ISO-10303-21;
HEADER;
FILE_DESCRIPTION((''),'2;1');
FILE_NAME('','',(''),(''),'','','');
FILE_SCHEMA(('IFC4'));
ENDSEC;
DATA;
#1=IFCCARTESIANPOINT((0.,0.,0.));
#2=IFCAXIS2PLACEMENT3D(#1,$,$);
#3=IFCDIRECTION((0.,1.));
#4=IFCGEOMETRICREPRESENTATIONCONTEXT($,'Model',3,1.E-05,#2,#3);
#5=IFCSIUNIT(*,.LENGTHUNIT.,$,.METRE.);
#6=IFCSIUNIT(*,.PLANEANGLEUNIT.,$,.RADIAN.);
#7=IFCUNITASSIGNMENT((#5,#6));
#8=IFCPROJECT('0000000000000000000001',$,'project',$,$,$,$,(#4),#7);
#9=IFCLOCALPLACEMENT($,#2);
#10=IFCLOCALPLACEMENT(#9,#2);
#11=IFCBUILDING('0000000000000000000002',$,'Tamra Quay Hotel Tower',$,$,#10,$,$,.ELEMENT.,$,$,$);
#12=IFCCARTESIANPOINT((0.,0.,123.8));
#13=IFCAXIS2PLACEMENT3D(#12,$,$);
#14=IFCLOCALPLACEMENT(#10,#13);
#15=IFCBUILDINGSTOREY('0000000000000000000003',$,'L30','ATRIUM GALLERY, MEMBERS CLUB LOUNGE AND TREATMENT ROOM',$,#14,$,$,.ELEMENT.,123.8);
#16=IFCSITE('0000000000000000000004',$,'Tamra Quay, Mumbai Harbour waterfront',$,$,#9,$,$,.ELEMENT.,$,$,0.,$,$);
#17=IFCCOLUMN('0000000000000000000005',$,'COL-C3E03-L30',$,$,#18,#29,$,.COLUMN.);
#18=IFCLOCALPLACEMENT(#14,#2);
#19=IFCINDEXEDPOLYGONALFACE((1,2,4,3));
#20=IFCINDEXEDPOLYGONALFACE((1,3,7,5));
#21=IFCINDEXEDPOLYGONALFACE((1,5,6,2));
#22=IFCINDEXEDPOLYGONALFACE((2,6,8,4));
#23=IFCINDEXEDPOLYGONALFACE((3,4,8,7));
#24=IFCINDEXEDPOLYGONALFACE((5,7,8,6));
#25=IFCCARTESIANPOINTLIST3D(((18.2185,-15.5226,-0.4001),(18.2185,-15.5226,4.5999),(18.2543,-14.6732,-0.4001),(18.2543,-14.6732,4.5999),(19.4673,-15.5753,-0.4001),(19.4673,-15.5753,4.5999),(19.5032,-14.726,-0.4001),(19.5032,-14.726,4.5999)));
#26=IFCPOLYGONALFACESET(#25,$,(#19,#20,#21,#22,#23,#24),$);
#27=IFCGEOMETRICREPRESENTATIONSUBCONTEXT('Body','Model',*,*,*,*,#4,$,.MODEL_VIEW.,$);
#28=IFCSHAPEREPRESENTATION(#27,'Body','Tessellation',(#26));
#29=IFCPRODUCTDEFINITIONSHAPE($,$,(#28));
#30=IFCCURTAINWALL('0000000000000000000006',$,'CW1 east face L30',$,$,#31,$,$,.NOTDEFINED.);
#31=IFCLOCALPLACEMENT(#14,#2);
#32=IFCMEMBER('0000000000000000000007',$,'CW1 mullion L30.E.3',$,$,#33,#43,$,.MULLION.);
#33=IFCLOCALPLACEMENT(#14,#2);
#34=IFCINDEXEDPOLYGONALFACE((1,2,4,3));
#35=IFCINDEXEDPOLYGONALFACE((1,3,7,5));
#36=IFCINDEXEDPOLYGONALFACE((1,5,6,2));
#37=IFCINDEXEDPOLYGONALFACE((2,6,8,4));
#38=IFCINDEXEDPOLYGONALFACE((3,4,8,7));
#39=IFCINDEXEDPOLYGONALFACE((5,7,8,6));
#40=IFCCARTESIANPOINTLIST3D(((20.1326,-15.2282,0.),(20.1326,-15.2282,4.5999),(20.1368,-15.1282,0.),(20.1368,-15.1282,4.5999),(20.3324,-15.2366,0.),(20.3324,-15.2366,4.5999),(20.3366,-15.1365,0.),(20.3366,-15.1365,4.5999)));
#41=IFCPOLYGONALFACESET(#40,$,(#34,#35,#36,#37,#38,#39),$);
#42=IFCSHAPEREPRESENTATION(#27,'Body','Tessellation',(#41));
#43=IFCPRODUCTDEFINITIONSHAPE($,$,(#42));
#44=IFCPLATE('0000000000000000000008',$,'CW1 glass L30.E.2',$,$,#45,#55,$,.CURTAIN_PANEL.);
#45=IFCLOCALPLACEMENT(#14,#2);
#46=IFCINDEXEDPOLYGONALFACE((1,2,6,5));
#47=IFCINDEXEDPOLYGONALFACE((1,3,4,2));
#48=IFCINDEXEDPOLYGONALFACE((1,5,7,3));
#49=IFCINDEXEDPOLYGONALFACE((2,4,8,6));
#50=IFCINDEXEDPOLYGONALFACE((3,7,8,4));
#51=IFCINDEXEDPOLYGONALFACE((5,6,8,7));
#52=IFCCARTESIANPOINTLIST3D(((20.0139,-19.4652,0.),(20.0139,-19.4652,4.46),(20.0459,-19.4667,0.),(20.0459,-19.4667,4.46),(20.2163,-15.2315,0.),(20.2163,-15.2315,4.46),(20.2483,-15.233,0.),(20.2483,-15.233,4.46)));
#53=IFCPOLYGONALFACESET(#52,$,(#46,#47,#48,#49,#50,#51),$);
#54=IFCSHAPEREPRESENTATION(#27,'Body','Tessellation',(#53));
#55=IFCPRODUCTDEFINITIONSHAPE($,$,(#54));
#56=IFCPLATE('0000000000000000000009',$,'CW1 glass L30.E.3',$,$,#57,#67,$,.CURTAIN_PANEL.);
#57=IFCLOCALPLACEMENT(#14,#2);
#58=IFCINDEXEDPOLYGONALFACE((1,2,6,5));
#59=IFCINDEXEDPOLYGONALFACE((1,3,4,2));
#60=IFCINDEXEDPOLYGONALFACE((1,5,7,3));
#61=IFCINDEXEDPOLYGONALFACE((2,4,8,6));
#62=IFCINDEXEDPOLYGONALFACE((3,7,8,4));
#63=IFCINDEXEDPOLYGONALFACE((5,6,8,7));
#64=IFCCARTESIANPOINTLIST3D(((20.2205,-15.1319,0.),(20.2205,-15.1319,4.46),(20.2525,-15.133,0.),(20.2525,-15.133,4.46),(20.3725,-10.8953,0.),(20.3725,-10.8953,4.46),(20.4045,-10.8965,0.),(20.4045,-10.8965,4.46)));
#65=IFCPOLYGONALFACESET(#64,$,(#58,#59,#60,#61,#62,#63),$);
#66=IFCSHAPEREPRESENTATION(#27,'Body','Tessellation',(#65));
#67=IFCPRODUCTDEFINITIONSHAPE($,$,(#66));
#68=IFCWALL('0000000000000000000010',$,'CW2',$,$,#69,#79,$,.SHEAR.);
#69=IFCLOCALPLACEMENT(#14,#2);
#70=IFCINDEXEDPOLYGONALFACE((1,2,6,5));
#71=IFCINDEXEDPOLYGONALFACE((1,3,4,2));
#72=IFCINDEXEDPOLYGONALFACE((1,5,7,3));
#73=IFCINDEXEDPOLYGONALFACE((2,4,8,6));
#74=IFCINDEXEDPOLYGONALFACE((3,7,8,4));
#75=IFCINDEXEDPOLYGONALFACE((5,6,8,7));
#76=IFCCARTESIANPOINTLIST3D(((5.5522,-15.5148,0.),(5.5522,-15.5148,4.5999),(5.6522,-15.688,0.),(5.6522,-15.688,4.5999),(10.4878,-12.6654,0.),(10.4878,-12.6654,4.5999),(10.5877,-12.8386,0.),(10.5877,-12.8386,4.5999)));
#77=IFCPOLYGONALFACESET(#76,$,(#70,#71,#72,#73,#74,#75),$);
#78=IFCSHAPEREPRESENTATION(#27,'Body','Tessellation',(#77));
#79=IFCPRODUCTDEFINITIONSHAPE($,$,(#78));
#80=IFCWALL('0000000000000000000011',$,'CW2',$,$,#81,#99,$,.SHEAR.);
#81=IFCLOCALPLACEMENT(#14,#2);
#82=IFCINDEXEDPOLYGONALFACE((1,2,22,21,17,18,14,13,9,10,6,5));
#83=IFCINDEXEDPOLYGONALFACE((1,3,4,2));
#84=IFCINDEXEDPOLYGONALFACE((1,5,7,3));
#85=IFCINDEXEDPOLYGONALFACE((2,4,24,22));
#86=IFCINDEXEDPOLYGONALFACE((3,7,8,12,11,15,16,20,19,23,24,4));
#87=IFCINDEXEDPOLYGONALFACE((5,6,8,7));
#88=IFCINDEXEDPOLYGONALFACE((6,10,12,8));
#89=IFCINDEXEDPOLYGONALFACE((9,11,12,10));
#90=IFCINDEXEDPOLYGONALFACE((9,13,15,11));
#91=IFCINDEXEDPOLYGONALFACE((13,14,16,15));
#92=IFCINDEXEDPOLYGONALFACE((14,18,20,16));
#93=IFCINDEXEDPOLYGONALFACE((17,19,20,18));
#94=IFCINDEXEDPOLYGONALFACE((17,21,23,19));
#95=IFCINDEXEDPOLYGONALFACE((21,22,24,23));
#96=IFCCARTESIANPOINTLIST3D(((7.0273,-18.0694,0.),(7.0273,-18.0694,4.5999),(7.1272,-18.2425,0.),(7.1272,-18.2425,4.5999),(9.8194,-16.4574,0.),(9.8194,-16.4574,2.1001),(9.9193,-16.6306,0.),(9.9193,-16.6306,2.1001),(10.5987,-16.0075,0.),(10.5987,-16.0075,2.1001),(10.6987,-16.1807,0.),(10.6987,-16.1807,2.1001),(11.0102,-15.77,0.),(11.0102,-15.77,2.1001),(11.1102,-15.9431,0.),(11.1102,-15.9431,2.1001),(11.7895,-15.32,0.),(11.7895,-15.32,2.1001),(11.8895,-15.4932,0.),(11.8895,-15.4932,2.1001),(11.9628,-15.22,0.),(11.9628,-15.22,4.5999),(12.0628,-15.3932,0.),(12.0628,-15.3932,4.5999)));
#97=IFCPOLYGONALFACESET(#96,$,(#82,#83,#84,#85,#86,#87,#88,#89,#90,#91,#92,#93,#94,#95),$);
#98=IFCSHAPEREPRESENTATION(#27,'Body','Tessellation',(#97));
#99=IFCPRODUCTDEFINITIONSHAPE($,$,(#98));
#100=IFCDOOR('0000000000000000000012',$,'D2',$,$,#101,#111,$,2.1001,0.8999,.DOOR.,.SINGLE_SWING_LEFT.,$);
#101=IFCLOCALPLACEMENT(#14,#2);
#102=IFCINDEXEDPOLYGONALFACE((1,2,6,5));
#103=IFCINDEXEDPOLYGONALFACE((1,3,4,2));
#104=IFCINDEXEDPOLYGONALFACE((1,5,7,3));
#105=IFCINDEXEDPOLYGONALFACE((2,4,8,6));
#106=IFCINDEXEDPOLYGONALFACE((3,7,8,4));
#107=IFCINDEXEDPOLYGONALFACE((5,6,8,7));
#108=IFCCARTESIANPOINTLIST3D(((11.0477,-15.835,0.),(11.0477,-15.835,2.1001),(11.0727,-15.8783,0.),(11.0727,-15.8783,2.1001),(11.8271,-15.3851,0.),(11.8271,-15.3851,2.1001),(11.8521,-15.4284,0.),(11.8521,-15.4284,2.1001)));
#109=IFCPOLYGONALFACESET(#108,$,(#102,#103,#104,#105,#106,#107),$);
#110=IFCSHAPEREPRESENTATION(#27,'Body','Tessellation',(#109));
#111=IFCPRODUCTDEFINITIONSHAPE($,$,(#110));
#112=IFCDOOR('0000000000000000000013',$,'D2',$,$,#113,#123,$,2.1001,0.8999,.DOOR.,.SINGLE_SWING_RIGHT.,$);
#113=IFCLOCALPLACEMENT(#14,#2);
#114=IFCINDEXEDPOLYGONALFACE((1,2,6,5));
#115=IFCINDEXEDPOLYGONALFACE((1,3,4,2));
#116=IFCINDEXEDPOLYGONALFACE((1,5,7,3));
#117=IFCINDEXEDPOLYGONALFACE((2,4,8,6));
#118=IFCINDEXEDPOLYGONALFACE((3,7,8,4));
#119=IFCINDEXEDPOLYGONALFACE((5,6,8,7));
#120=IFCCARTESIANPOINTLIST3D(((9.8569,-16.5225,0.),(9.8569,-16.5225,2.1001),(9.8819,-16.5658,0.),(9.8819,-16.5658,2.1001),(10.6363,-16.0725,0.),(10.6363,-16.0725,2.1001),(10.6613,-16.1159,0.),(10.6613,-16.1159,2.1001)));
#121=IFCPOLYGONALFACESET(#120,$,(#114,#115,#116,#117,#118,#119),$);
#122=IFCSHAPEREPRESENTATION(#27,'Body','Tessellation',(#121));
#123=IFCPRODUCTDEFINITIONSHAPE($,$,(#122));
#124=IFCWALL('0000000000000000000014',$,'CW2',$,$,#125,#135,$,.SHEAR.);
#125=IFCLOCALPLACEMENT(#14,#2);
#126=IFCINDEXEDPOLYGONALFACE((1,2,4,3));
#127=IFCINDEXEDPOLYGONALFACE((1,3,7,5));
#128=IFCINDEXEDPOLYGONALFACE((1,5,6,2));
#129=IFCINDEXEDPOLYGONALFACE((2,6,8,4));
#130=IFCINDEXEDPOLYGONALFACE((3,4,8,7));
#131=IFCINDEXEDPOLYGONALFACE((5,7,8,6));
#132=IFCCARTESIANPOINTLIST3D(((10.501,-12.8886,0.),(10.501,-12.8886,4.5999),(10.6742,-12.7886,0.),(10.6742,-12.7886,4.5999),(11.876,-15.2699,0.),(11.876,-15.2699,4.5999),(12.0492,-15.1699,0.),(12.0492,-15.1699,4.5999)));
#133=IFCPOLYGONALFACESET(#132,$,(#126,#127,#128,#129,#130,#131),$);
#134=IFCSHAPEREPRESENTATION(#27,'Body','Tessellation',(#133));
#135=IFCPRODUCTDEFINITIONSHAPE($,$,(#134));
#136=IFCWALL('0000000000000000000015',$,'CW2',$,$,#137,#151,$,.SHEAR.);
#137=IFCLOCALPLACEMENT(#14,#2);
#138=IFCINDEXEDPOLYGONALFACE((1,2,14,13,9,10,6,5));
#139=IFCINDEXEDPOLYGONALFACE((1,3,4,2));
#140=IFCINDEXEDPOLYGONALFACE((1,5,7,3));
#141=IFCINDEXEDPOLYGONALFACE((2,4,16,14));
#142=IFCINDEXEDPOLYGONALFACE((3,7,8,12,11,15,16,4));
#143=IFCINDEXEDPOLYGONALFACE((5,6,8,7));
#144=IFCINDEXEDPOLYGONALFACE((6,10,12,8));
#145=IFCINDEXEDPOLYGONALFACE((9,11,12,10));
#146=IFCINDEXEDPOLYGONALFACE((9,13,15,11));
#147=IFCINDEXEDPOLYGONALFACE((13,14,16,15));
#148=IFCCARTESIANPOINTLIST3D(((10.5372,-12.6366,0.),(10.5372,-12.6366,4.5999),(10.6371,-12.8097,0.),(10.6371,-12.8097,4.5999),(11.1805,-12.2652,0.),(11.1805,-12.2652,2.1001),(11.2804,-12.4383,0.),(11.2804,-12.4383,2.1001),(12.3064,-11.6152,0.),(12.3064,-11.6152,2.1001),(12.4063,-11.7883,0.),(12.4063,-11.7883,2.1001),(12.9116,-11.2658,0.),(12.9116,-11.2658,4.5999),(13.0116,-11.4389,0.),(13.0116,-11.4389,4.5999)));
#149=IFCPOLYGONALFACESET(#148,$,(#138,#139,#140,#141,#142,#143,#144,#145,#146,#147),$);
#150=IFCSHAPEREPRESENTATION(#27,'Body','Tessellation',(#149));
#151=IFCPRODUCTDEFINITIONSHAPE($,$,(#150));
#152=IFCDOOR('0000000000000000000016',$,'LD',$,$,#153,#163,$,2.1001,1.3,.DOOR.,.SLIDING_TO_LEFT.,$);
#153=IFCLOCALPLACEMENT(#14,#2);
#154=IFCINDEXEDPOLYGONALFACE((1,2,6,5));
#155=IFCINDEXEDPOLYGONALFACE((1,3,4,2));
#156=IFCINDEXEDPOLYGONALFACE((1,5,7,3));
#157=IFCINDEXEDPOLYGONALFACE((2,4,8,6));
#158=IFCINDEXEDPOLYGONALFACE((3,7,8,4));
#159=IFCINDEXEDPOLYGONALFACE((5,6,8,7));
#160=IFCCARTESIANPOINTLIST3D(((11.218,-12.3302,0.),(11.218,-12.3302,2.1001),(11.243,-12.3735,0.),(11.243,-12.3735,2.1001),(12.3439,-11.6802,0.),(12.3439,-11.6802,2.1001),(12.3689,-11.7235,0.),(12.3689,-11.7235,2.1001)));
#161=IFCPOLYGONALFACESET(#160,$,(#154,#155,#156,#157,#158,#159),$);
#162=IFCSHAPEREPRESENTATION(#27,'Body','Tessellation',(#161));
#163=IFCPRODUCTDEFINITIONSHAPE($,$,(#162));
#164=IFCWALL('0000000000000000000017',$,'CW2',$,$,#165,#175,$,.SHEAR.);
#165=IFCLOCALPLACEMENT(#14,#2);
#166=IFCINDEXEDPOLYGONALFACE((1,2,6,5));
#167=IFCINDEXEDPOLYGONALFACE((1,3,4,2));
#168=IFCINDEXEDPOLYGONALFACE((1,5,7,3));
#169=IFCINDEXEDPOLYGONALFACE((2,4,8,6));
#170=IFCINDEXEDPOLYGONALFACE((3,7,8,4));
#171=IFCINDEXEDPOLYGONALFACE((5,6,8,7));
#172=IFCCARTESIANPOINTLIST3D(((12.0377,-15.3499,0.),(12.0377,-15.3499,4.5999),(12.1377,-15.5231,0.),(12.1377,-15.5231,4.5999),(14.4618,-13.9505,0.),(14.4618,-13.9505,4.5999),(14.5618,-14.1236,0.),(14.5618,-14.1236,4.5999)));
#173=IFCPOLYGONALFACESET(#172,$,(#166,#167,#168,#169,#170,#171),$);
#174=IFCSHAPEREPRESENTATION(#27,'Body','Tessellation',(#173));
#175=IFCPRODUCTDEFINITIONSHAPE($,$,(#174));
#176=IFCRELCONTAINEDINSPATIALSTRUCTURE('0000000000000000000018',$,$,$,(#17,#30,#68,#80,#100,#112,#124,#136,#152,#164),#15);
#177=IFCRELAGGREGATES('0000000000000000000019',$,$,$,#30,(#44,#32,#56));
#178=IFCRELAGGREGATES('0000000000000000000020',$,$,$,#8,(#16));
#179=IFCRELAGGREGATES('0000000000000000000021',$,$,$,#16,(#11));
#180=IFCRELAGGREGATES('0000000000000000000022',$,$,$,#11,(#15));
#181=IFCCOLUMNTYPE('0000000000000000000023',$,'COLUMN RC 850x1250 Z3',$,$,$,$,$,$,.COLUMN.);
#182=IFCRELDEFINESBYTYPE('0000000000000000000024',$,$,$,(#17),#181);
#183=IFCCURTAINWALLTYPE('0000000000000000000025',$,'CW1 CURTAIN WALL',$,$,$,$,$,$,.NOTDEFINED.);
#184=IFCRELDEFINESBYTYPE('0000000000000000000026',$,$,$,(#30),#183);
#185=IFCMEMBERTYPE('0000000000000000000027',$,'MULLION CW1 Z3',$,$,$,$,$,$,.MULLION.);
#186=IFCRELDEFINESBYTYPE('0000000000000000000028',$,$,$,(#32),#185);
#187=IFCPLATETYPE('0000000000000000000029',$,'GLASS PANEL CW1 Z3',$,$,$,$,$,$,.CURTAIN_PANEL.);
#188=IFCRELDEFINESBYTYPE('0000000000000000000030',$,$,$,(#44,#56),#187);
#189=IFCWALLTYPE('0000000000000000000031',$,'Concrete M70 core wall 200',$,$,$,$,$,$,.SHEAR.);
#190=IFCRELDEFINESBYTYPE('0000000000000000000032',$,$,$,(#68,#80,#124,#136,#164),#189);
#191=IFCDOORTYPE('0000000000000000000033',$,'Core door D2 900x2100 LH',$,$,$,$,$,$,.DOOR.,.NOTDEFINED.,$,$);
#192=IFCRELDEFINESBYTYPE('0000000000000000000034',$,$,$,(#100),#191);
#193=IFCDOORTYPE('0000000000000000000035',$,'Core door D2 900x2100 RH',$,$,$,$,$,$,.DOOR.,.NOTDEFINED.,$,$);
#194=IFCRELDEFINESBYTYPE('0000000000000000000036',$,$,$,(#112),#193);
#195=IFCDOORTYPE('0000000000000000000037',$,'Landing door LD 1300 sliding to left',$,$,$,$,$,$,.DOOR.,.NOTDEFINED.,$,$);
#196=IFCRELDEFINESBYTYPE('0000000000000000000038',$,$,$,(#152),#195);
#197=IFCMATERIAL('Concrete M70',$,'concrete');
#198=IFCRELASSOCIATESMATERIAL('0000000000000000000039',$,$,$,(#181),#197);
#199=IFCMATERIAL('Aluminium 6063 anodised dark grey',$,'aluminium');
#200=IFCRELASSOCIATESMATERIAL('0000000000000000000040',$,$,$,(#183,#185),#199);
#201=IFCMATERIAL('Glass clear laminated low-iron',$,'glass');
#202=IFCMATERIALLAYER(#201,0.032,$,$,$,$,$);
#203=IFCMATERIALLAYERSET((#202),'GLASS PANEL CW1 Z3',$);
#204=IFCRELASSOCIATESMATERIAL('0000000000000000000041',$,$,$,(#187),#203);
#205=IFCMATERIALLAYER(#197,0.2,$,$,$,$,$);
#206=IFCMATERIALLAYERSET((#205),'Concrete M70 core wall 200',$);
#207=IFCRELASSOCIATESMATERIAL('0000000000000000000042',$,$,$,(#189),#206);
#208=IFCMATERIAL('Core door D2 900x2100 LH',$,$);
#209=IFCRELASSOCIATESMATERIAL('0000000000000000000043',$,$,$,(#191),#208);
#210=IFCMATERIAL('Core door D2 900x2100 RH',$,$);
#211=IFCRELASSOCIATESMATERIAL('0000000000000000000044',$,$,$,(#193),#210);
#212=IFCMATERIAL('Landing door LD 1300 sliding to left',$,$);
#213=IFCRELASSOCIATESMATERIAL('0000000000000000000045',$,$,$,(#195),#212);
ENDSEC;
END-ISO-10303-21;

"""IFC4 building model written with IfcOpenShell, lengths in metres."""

from ifc_helpers import new_model, si_unit, direction, frame, frame_2d, origin, origin_2d, place, context, subcontext, project, spatial, rectangle, extrude, material, layer, layer_set, material_profile, profile_set, type_object, element, fill, aggregate, save


model = new_model("IFC4")

# Units and contexts
model_context = context("Model", 3, precision=1e-05, world=origin(), true_north=direction((0.0, 1.0)))
body_context = subcontext(model_context, "Body", "Model", "MODEL_VIEW")
ifc_project = project(units=[si_unit("LENGTHUNIT", "METRE"), si_unit("PLANEANGLEUNIT", "RADIAN")], contexts=[model_context])

# Site, building, storey
site_placement = place(None, origin())
site = spatial("IfcSite", under=ifc_project, at=site_placement, Name="Tamra Quay, Mumbai Harbour waterfront", CompositionType="ELEMENT", RefElevation=0.0)
building_placement = place(site_placement, origin())
building = spatial("IfcBuilding", under=site, at=building_placement, Name="Tamra Quay Hotel Tower", CompositionType="ELEMENT")
storey_placement = place(building_placement, frame((0.0, 0.0, 123.8)))
storey = spatial("IfcBuildingStorey", under=building, at=storey_placement, Name="L30", Description="ATRIUM GALLERY, MEMBERS CLUB LOUNGE AND TREATMENT ROOM", CompositionType="ELEMENT", Elevation=123.8)

# Column
ifc_material_1 = material(Name="Concrete M70", Category="concrete")
ifc_material_profile_1 = material_profile(ifc_material_1, rectangle(XDim=1.25, YDim=0.8501, at=origin_2d()), Name="COLUMN RC 850x1250 Z3")
ifc_profile_set_1 = profile_set([ifc_material_profile_1], Name="Concrete M70")
column_type = type_object("IfcColumnType", Name="COLUMN RC 850x1250 Z3", PredefinedType="COLUMN", material=ifc_profile_set_1)
column_placement = place(storey_placement, frame((18.8608, -15.1243, -0.4001), z_axis=(0.0, 0.0, 1.0), x_axis=(-0.999109, 0.042202, 0.0)))
element("IfcColumn", 1, at=column_placement, inside=storey, type_object=column_type, Name="COL-C3E03-L30", PredefinedType="COLUMN", context=body_context, shape_type="SweptSolid", body=[
    extrude(rectangle(XDim=1.25, YDim=0.8501, at=origin_2d()), origin(), (0.0, 0.0, 1.0), 5.0),
])

# Curtain wall, member, plates
ifc_material_2 = material(Name="Aluminium 6063 anodised dark grey", Category="aluminium")
curtain_wall_type = type_object("IfcCurtainWallType", Name="CW1 CURTAIN WALL", PredefinedType="NOTDEFINED", material=ifc_material_2)
curtain_wall_placement = place(storey_placement, origin())
curtain_wall = element("IfcCurtainWall", 2, at=curtain_wall_placement, inside=storey, type_object=curtain_wall_type, Name="CW1 east face L30", PredefinedType="NOTDEFINED")
ifc_material_profile_2 = material_profile(ifc_material_2, rectangle(XDim=0.2, YDim=0.1001, at=origin_2d()), Name="MULLION 100X200")
ifc_profile_set_2 = profile_set([ifc_material_profile_2], Name="Aluminium 6063 anodised dark grey")
member_type = type_object("IfcMemberType", Name="MULLION CW1 Z3", PredefinedType="MULLION", material=ifc_profile_set_2)
member_placement = place(storey_placement, frame((20.2346, -15.1824, 0.0), z_axis=(0.0, 0.0, 1.0), x_axis=(0.999126, -0.041797, 0.0)))
member = element("IfcMember", 3, at=member_placement, type_object=member_type, Name="CW1 mullion L30.E.3", PredefinedType="MULLION", context=body_context, shape_type="SweptSolid", body=[
    extrude(rectangle(XDim=0.2, YDim=0.1001, at=origin_2d()), origin(), (0.0, 0.0, 1.0), 4.5999),
])
ifc_material_3 = material(Name="Glass clear laminated low-iron", Category="glass")
ifc_layer_1 = layer(ifc_material_3, 0.032)
ifc_layer_set_1 = layer_set([ifc_layer_1], Name="GLASS PANEL CW1 Z3")
plate_type = type_object("IfcPlateType", Name="GLASS PANEL CW1 Z3", PredefinedType="CURTAIN_PANEL", material=ifc_layer_set_1)
plate_1_placement = place(storey_placement, frame((20.1311, -17.3491, 0.0), z_axis=(0.0, 0.0, 1.0), x_axis=(0.047747, 0.998859, 0.0)))
plate_1 = element("IfcPlate", 4, at=plate_1_placement, type_object=plate_type, Name="CW1 glass L30.E.2", PredefinedType="CURTAIN_PANEL", context=body_context, shape_type="SweptSolid", body=[
    extrude(rectangle(XDim=4.2385, YDim=0.032, at=origin_2d()), origin(), (0.0, 0.0, 1.0), 4.46),
])
plate_2_placement = place(storey_placement, frame((20.3125, -13.0142, 0.0), z_axis=(0.0, 0.0, 1.0), x_axis=(0.035845, 0.999357, 0.0)))
plate_2 = element("IfcPlate", 5, at=plate_2_placement, type_object=plate_type, Name="CW1 glass L30.E.3", PredefinedType="CURTAIN_PANEL", context=body_context, shape_type="SweptSolid", body=[
    extrude(rectangle(XDim=4.2393, YDim=0.032, at=origin_2d()), origin(), (0.0, 0.0, 1.0), 4.46),
])
aggregate(curtain_wall, [plate_1, member, plate_2])

# Wall
ifc_layer_2 = layer(ifc_material_1, 0.2)
ifc_layer_set_2 = layer_set([ifc_layer_2], Name="Concrete M70 core wall 200")
wall_type_1 = type_object("IfcWallType", Name="Concrete M70 core wall 200", PredefinedType="SHEAR", material=ifc_layer_set_2)
wall_1_placement = place(storey_placement, frame((10.5378, -12.752, 0.0), z_axis=(0.0, 0.0, 1.0), x_axis=(-0.866039, -0.499977, 0.0)))
element("IfcWall", 6, at=wall_1_placement, inside=storey, type_object=wall_type_1, Name="CW2", PredefinedType="SHEAR", context=body_context, shape_type="SweptSolid", body=[
    extrude(rectangle(XDim=5.699, YDim=0.2, at=frame_2d((2.8496, 0.0))), origin(), (0.0, 0.0, 1.0), 4.5999),
])

# Wall, openings, doors
wall_2_placement = place(storey_placement, frame((7.0771, -18.156, 0.0), z_axis=(0.0, 0.0, 1.0), x_axis=(0.866039, 0.499977, 0.0)))
wall_2 = element("IfcWall", 7, at=wall_2_placement, inside=storey, type_object=wall_type_1, Name="CW2", PredefinedType="SHEAR", context=body_context, shape_type="SweptSolid", body=[
    extrude(rectangle(XDim=5.699, YDim=0.2, at=frame_2d((2.8496, 0.0))), origin(), (0.0, 0.0, 1.0), 4.5999),
])
opening_1_placement = place(wall_2_placement, frame((3.2241, 0.0, 0.0)))
opening_1 = element("IfcOpeningElement", 8, at=opening_1_placement, cuts=wall_2, PredefinedType="OPENING", context=body_context, shape_type="SweptSolid", body=[
    extrude(rectangle(XDim=0.8999, YDim=2.1001, at=frame_2d((0.45, 1.05))), frame((0.0, 0.1099, 0.0), z_axis=(0.0, -1.0, 0.0), x_axis=(1.0, 0.0, 0.0)), (0.0, 0.0, 1.0), 0.22),
])
opening_2_placement = place(wall_2_placement, frame((4.5991, 0.0, 0.0)))
opening_2 = element("IfcOpeningElement", 9, at=opening_2_placement, cuts=wall_2, PredefinedType="OPENING", context=body_context, shape_type="SweptSolid", body=[
    extrude(rectangle(XDim=0.8999, YDim=2.1001, at=frame_2d((0.45, 1.05))), frame((0.0, 0.1099, 0.0), z_axis=(0.0, -1.0, 0.0), x_axis=(1.0, 0.0, 0.0)), (0.0, 0.0, 1.0), 0.22),
])
ifc_material_4 = material(Name="Core door D2 900x2100 LH")
door_type_1 = type_object("IfcDoorType", Name="Core door D2 900x2100 LH", OperationType="NOTDEFINED", PredefinedType="DOOR", material=ifc_material_4)
door_1_placement = place(opening_2_placement, origin())
door_1 = element("IfcDoor", 10, at=door_1_placement, inside=storey, type_object=door_type_1, Name="D2", OperationType="SINGLE_SWING_LEFT", OverallHeight=2.1001, OverallWidth=0.8999, PredefinedType="DOOR", context=body_context, shape_type="SweptSolid", body=[
    extrude(rectangle(XDim=0.8999, YDim=2.1001, at=frame_2d((0.45, 1.05))), frame((0.0, 0.0249, 0.0), z_axis=(0.0, -1.0, 0.0), x_axis=(1.0, 0.0, 0.0)), (0.0, 0.0, 1.0), 0.05),
])
fill(opening_2, door_1)
ifc_material_5 = material(Name="Core door D2 900x2100 RH")
door_type_2 = type_object("IfcDoorType", Name="Core door D2 900x2100 RH", OperationType="NOTDEFINED", PredefinedType="DOOR", material=ifc_material_5)
door_2_placement = place(opening_1_placement, origin())
door_2 = element("IfcDoor", 11, at=door_2_placement, inside=storey, type_object=door_type_2, Name="D2", OperationType="SINGLE_SWING_RIGHT", OverallHeight=2.1001, OverallWidth=0.8999, PredefinedType="DOOR", context=body_context, shape_type="SweptSolid", body=[
    extrude(rectangle(XDim=0.8999, YDim=2.1001, at=frame_2d((0.45, 1.05))), frame((0.0, 0.0249, 0.0), z_axis=(0.0, -1.0, 0.0), x_axis=(1.0, 0.0, 0.0)), (0.0, 0.0, 1.0), 0.05),
])
fill(opening_1, door_2)

# Wall
wall_3_placement = place(storey_placement, frame((11.9626, -15.22, 0.0), z_axis=(0.0, 0.0, 1.0), x_axis=(-0.500035, 0.866005, 0.0)))
element("IfcWall", 12, at=wall_3_placement, inside=storey, type_object=wall_type_1, Name="CW2", PredefinedType="SHEAR", context=body_context, shape_type="SweptSolid", body=[
    extrude(rectangle(XDim=2.7498, YDim=0.2, at=frame_2d((1.375, 0.0))), origin(), (0.0, 0.0, 1.0), 4.5999),
])

# Wall, opening, door
wall_4_placement = place(storey_placement, frame((10.5872, -12.7231, 0.0), z_axis=(0.0, 0.0, 1.0), x_axis=(0.866037, 0.499979, 0.0)))
wall_4 = element("IfcWall", 13, at=wall_4_placement, inside=storey, type_object=wall_type_1, Name="CW2", PredefinedType="SHEAR", context=body_context, shape_type="SweptSolid", body=[
    extrude(rectangle(XDim=2.7417, YDim=0.2, at=frame_2d((1.3708, 0.0))), origin(), (0.0, 0.0, 1.0), 4.5999),
])
opening_3_placement = place(wall_4_placement, frame((0.7429, 0.0, 0.0)))
opening_3 = element("IfcOpeningElement", 14, at=opening_3_placement, cuts=wall_4, PredefinedType="OPENING", context=body_context, shape_type="SweptSolid", body=[
    extrude(rectangle(XDim=1.3, YDim=2.1001, at=frame_2d((0.6499, 1.05))), frame((0.0, 0.1099, 0.0), z_axis=(0.0, -1.0, 0.0), x_axis=(1.0, 0.0, 0.0)), (0.0, 0.0, 1.0), 0.22),
])
ifc_material_6 = material(Name="Landing door LD 1300 sliding to left")
door_type_3 = type_object("IfcDoorType", Name="Landing door LD 1300 sliding to left", OperationType="NOTDEFINED", PredefinedType="DOOR", material=ifc_material_6)
door_3_placement = place(opening_3_placement, origin())
door_3 = element("IfcDoor", 15, at=door_3_placement, inside=storey, type_object=door_type_3, Name="LD", OperationType="SLIDING_TO_LEFT", OverallHeight=2.1001, OverallWidth=1.3, PredefinedType="DOOR", context=body_context, shape_type="SweptSolid", body=[
    extrude(rectangle(XDim=1.3, YDim=2.1001, at=frame_2d((0.6499, 1.05))), frame((0.0, 0.0249, 0.0), z_axis=(0.0, -1.0, 0.0), x_axis=(1.0, 0.0, 0.0)), (0.0, 0.0, 1.0), 0.05),
])
fill(opening_3, door_3)

# Wall
wall_5_placement = place(storey_placement, frame((14.5117, -14.0371, 0.0), z_axis=(0.0, 0.0, 1.0), x_axis=(-0.866045, -0.499967, 0.0)))
element("IfcWall", 16, at=wall_5_placement, inside=storey, type_object=wall_type_1, Name="CW2", PredefinedType="SHEAR", context=body_context, shape_type="SweptSolid", body=[
    extrude(rectangle(XDim=2.7991, YDim=0.2, at=frame_2d((1.3994, 0.0))), origin(), (0.0, 0.0, 1.0), 4.5999),
])

save(model, "model.ifc")
